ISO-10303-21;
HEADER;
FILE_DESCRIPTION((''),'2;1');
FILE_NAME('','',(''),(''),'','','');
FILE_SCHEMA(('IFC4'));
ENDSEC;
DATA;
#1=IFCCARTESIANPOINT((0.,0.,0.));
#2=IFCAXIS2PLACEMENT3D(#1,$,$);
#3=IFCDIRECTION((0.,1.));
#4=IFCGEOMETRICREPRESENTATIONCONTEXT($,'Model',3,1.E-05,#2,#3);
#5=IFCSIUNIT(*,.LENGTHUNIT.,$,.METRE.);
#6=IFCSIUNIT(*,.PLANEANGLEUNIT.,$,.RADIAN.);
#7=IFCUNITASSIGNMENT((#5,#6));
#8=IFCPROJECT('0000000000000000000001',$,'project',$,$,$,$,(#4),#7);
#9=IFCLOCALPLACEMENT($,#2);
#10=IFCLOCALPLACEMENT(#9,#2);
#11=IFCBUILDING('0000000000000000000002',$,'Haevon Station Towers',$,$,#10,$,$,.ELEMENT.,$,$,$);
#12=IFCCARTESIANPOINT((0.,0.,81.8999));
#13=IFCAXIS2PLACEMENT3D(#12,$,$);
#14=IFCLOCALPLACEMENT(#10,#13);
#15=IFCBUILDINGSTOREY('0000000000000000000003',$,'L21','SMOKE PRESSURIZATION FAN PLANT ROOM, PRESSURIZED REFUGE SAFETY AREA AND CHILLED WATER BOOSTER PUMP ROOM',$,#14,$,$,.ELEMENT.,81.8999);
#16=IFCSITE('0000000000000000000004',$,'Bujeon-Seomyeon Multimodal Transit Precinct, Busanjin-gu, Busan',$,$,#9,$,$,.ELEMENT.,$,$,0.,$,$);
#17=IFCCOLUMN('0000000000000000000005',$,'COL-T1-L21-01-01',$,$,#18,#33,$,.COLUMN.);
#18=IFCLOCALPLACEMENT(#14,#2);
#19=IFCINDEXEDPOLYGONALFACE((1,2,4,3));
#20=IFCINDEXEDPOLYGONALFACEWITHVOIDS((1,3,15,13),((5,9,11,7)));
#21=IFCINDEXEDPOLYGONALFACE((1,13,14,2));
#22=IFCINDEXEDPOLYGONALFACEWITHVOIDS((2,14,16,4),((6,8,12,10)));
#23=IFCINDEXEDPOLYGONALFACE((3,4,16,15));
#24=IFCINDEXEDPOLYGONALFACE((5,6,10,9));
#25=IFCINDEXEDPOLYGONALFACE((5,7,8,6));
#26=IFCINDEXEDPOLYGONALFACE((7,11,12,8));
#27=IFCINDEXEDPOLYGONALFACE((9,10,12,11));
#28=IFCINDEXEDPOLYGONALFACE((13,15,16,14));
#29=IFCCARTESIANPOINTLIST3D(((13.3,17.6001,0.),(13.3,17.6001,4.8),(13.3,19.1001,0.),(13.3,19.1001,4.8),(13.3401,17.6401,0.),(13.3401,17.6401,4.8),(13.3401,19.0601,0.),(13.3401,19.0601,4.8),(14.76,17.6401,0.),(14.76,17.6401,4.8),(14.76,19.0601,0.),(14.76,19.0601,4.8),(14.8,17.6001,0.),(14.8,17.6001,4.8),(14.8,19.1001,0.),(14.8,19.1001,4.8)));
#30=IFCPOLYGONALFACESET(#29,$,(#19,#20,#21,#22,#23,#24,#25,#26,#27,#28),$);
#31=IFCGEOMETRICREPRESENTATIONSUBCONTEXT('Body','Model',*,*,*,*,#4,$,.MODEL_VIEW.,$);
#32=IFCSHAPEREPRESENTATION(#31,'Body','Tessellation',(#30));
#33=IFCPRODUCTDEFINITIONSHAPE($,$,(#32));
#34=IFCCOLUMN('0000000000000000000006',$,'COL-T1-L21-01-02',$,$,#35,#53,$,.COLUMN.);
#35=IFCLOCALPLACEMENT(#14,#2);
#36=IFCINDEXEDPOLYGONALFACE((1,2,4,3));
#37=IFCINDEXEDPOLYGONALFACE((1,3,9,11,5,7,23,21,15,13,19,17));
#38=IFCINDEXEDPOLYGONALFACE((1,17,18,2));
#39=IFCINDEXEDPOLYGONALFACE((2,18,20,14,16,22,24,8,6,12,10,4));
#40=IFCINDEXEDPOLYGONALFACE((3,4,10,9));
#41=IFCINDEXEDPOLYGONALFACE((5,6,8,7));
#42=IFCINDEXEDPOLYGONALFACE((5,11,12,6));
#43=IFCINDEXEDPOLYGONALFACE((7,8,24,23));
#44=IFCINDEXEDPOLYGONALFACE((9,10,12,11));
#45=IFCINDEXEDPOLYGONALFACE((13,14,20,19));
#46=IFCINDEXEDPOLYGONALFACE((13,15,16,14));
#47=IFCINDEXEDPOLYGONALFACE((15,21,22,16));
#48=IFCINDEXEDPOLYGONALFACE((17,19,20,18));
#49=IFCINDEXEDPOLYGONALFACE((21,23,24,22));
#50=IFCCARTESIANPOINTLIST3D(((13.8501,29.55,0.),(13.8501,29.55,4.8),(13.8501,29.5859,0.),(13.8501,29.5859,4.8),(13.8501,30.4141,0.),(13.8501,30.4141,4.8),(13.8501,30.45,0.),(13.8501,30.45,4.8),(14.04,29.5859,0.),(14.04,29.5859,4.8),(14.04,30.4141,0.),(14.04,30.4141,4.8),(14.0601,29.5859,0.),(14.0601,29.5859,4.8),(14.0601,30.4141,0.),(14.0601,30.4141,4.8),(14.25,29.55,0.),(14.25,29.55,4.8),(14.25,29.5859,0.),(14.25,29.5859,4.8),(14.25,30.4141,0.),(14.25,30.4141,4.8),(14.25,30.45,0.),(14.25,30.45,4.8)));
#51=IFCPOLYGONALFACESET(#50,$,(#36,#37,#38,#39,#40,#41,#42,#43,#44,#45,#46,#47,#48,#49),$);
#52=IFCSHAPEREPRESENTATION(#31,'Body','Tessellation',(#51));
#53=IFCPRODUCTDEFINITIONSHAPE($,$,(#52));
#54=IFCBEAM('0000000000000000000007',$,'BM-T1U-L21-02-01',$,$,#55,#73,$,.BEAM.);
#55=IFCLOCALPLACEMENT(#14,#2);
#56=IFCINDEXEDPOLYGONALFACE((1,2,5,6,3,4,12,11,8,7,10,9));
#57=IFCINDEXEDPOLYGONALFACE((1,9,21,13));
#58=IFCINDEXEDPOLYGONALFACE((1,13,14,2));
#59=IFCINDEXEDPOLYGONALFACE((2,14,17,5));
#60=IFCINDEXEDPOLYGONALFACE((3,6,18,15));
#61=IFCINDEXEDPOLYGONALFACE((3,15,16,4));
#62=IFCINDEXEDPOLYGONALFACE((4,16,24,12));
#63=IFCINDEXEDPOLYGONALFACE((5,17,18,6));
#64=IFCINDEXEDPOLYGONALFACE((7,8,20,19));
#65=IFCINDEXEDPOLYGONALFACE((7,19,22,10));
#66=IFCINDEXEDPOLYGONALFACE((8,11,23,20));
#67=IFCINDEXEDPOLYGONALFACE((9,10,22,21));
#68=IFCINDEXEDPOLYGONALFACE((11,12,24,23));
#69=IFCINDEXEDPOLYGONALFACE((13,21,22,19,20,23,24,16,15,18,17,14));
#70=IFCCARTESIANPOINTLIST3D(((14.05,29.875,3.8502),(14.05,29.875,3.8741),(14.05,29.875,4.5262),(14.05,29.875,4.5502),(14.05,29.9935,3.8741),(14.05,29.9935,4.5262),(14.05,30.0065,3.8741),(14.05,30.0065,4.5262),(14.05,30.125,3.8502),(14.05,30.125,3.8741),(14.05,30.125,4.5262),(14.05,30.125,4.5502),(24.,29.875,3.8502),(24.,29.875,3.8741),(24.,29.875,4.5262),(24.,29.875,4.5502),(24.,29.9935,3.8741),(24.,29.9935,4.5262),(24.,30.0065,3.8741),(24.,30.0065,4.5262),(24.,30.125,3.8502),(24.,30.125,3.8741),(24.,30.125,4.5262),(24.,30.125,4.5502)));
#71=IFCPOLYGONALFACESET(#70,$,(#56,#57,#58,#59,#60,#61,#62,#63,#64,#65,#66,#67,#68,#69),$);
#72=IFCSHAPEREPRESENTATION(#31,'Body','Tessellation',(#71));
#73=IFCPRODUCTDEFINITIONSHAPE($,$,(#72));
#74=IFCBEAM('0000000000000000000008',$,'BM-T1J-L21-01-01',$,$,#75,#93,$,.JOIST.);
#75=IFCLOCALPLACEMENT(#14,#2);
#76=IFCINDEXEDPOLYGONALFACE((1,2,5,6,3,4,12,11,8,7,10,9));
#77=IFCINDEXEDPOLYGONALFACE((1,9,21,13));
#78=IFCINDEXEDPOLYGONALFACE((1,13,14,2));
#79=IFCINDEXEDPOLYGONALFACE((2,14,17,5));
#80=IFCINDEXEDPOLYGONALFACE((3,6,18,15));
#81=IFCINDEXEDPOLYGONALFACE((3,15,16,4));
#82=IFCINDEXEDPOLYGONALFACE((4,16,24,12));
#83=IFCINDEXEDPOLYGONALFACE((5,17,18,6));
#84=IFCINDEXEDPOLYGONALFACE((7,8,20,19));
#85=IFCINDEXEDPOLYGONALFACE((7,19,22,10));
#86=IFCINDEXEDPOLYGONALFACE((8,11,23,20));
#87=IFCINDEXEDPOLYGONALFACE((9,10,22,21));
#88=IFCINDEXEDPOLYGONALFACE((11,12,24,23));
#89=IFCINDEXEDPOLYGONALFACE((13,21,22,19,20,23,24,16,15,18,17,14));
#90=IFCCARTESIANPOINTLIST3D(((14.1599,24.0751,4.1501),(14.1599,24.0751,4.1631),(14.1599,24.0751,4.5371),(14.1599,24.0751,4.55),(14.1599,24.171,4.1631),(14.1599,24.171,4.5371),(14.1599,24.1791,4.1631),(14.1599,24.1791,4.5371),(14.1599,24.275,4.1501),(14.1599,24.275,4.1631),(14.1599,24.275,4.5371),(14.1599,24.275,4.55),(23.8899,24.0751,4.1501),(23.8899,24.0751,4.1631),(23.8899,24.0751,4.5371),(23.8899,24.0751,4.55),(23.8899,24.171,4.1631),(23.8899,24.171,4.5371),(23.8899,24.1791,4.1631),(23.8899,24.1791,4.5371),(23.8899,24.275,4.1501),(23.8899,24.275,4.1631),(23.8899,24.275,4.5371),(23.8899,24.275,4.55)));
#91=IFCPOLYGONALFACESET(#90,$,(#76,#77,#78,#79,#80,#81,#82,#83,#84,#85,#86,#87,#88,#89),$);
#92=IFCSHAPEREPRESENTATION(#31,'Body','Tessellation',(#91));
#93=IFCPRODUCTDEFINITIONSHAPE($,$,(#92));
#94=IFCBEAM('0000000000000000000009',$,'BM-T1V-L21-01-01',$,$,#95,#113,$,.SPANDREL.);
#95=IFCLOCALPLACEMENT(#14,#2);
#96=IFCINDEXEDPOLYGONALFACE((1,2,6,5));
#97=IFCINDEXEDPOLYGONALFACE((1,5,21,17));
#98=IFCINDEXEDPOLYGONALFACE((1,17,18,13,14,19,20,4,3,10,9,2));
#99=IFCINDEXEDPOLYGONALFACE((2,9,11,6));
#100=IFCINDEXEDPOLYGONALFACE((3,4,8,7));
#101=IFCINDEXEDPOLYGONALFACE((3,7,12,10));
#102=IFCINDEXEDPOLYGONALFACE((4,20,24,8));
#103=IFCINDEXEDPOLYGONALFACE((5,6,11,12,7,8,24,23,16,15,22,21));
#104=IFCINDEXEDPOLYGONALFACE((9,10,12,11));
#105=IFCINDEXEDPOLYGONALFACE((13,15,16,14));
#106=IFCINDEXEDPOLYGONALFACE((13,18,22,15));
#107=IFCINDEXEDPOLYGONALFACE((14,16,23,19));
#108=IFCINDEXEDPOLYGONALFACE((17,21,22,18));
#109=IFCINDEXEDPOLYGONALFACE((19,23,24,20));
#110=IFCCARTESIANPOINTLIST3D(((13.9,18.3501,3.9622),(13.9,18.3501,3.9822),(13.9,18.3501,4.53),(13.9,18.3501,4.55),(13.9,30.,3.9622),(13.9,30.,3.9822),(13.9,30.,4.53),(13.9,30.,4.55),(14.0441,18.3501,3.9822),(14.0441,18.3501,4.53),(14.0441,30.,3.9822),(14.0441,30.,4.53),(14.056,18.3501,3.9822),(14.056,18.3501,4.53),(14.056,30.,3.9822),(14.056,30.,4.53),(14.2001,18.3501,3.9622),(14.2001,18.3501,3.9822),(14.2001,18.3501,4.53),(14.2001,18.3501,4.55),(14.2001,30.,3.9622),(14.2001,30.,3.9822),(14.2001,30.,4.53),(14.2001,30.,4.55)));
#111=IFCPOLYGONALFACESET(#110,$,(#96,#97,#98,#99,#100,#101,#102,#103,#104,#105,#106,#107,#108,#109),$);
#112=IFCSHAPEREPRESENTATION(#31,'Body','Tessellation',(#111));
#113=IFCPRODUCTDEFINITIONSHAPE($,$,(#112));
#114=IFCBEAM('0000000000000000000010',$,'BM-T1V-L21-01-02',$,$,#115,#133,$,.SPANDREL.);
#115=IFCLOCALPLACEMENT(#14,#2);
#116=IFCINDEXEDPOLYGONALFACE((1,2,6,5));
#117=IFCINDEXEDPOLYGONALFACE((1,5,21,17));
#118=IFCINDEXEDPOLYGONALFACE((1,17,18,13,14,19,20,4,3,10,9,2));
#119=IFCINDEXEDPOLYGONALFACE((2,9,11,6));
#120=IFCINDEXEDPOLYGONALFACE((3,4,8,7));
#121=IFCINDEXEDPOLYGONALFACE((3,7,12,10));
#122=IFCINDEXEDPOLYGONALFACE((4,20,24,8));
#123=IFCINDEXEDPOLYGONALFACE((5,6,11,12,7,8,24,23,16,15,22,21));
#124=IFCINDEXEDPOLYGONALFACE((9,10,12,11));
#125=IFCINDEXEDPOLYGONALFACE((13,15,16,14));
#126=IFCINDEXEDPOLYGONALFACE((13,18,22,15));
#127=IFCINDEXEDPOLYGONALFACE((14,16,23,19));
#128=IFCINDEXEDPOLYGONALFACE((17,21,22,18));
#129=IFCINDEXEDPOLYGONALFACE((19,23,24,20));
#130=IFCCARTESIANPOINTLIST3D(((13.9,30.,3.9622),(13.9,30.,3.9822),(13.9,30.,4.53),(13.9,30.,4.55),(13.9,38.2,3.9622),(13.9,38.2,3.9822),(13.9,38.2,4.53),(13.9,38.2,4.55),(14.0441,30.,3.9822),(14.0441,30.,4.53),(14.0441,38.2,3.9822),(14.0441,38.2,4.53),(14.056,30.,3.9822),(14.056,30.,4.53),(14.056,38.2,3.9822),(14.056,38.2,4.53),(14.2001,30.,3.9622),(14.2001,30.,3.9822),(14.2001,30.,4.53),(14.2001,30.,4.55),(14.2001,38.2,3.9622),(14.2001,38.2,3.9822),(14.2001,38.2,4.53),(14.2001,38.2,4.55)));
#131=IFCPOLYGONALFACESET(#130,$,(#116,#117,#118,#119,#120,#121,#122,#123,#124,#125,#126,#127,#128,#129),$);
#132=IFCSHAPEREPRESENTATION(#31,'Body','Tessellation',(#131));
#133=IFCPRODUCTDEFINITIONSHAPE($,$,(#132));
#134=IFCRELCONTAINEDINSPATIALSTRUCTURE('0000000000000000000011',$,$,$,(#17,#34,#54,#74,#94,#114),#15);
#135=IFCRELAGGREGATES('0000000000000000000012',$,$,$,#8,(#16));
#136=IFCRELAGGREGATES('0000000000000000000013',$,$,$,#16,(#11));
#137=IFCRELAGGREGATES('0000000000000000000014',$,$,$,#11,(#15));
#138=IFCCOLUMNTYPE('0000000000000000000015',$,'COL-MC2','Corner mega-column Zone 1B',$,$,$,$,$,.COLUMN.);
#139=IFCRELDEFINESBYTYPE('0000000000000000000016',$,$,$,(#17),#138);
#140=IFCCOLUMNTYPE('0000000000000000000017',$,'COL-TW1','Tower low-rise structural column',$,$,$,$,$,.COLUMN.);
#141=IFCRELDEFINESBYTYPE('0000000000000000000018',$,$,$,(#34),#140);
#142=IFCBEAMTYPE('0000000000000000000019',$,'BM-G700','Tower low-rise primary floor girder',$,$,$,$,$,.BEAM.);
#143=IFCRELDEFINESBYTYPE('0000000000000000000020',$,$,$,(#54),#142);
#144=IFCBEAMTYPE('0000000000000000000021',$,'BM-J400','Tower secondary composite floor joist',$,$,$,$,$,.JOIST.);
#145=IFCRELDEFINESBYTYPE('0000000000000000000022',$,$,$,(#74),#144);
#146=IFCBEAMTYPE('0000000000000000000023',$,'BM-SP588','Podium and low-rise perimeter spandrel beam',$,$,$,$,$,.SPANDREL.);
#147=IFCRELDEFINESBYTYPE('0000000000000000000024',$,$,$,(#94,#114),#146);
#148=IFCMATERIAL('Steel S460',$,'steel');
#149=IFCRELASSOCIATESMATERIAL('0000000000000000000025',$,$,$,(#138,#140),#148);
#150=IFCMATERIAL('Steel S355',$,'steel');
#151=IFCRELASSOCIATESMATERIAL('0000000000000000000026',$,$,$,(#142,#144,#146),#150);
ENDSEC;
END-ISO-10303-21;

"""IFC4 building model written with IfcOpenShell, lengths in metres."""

from ifc_helpers import new_model, si_unit, direction, frame, origin, origin_2d, place, context, subcontext, project, spatial, hollow_rectangle, i_section, extrude, material, material_profile, profile_set, type_object, element, save


model = new_model("IFC4")

# Units and contexts
model_context = context("Model", 3, precision=1e-05, world=origin(), true_north=direction((0.0, 1.0)))
body_context = subcontext(model_context, "Body", "Model", "MODEL_VIEW")
ifc_project = project(units=[si_unit("LENGTHUNIT", "METRE"), si_unit("PLANEANGLEUNIT", "RADIAN")], contexts=[model_context])

# Site, building, storey
site_placement = place(None, origin())
site = spatial("IfcSite", under=ifc_project, at=site_placement, Name="Bujeon-Seomyeon Multimodal Transit Precinct, Busanjin-gu, Busan", CompositionType="ELEMENT", RefElevation=0.0)
building_placement = place(site_placement, origin())
building = spatial("IfcBuilding", under=site, at=building_placement, Name="Haevon Station Towers", CompositionType="ELEMENT")
storey_placement = place(building_placement, frame((0.0, 0.0, 81.8999)))
storey = spatial("IfcBuildingStorey", under=building, at=storey_placement, Name="L21", Description="SMOKE PRESSURIZATION FAN PLANT ROOM, PRESSURIZED REFUGE SAFETY AREA AND CHILLED WATER BOOSTER PUMP ROOM", CompositionType="ELEMENT", Elevation=81.8999)

# Columns
ifc_material_1 = material(Name="Steel S460", Category="steel")
ifc_material_profile_1 = material_profile(ifc_material_1, hollow_rectangle(XDim=1.5, YDim=1.5, WallThickness=0.04, at=origin_2d()), Name="BOX-1500x1500x40")
ifc_profile_set_1 = profile_set([ifc_material_profile_1], Name="Steel S460")
column_type_1 = type_object("IfcColumnType", Name="COL-MC2", Description="Corner mega-column Zone 1B", PredefinedType="COLUMN", material=ifc_profile_set_1)
column_1_placement = place(storey_placement, frame((14.05, 18.3501, 0.0), z_axis=(0.0, 0.0, 1.0), x_axis=(1.0, 0.0, 0.0)))
element("IfcColumn", 1, at=column_1_placement, inside=storey, type_object=column_type_1, Name="COL-T1-L21-01-01", PredefinedType="COLUMN", context=body_context, shape_type="SweptSolid", body=[
    extrude(hollow_rectangle(XDim=1.5, YDim=1.5, WallThickness=0.04, at=origin_2d()), origin(), (0.0, 0.0, 1.0), 4.8),
])
ifc_material_profile_2 = material_profile(ifc_material_1, i_section(OverallWidth=0.3999, OverallDepth=0.8999, WebThickness=0.02, FlangeThickness=0.0359, at=origin_2d()), Name="H-900x400x20x36")
ifc_profile_set_2 = profile_set([ifc_material_profile_2], Name="Steel S460")
column_type_2 = type_object("IfcColumnType", Name="COL-TW1", Description="Tower low-rise structural column", PredefinedType="COLUMN", material=ifc_profile_set_2)
column_2_placement = place(storey_placement, frame((14.05, 30.0, 0.0), z_axis=(0.0, 0.0, 1.0), x_axis=(1.0, 0.0, 0.0)))
element("IfcColumn", 2, at=column_2_placement, inside=storey, type_object=column_type_2, Name="COL-T1-L21-01-02", PredefinedType="COLUMN", context=body_context, shape_type="SweptSolid", body=[
    extrude(i_section(OverallWidth=0.3999, OverallDepth=0.8999, WebThickness=0.02, FlangeThickness=0.0359, at=origin_2d()), origin(), (0.0, 0.0, 1.0), 4.8),
])

# Beams
ifc_material_2 = material(Name="Steel S355", Category="steel")
ifc_material_profile_3 = material_profile(ifc_material_2, i_section(OverallWidth=0.25, OverallDepth=0.7, WebThickness=0.0129, FlangeThickness=0.0239, at=origin_2d()), Name="H-700x250x13x24")
ifc_profile_set_3 = profile_set([ifc_material_profile_3], Name="Steel S355")
beam_type_1 = type_object("IfcBeamType", Name="BM-G700", Description="Tower low-rise primary floor girder", PredefinedType="BEAM", material=ifc_profile_set_3)
beam_1_placement = place(storey_placement, frame((14.05, 30.0, 4.2002), z_axis=(1.0, 0.0, 0.0), x_axis=(0.0, 1.0, 0.0)))
element("IfcBeam", 3, at=beam_1_placement, inside=storey, type_object=beam_type_1, Name="BM-T1U-L21-02-01", PredefinedType="BEAM", context=body_context, shape_type="SweptSolid", body=[
    extrude(i_section(OverallWidth=0.25, OverallDepth=0.7, WebThickness=0.0129, FlangeThickness=0.0239, at=origin_2d()), origin(), (0.0, 0.0, 1.0), 9.95),
])
ifc_material_profile_4 = material_profile(ifc_material_2, i_section(OverallWidth=0.2, OverallDepth=0.3999, WebThickness=0.0081, FlangeThickness=0.0129, at=origin_2d()), Name="H-400x200x8x13")
ifc_profile_set_4 = profile_set([ifc_material_profile_4], Name="Steel S355")
beam_type_2 = type_object("IfcBeamType", Name="BM-J400", Description="Tower secondary composite floor joist", PredefinedType="JOIST", material=ifc_profile_set_4)
beam_2_placement = place(storey_placement, frame((14.1599, 24.175, 4.3501), z_axis=(1.0, 0.0, 0.0), x_axis=(0.0, 1.0, 0.0)))
element("IfcBeam", 4, at=beam_2_placement, inside=storey, type_object=beam_type_2, Name="BM-T1J-L21-01-01", PredefinedType="JOIST", context=body_context, shape_type="SweptSolid", body=[
    extrude(i_section(OverallWidth=0.2, OverallDepth=0.3999, WebThickness=0.0081, FlangeThickness=0.0129, at=origin_2d()), origin(), (0.0, 0.0, 1.0), 9.73),
])
ifc_material_profile_5 = material_profile(ifc_material_2, i_section(OverallWidth=0.3, OverallDepth=0.5879, WebThickness=0.012, FlangeThickness=0.02, at=origin_2d()), Name="H-588x300x12x20")
ifc_profile_set_5 = profile_set([ifc_material_profile_5], Name="Steel S355")
beam_type_3 = type_object("IfcBeamType", Name="BM-SP588", Description="Podium and low-rise perimeter spandrel beam", PredefinedType="SPANDREL", material=ifc_profile_set_5)
beam_3_placement = place(storey_placement, frame((14.05, 18.3501, 4.2561), z_axis=(0.0, 1.0, 0.0), x_axis=(-1.0, 0.0, 0.0)))
element("IfcBeam", 5, at=beam_3_placement, inside=storey, type_object=beam_type_3, Name="BM-T1V-L21-01-01", PredefinedType="SPANDREL", context=body_context, shape_type="SweptSolid", body=[
    extrude(i_section(OverallWidth=0.3, OverallDepth=0.5879, WebThickness=0.012, FlangeThickness=0.02, at=origin_2d()), origin(), (0.0, 0.0, 1.0), 11.6499),
])
beam_4_placement = place(storey_placement, frame((14.05, 30.0, 4.2561), z_axis=(0.0, 1.0, 0.0), x_axis=(-1.0, 0.0, 0.0)))
element("IfcBeam", 6, at=beam_4_placement, inside=storey, type_object=beam_type_3, Name="BM-T1V-L21-01-02", PredefinedType="SPANDREL", context=body_context, shape_type="SweptSolid", body=[
    extrude(i_section(OverallWidth=0.3, OverallDepth=0.5879, WebThickness=0.012, FlangeThickness=0.02, at=origin_2d()), origin(), (0.0, 0.0, 1.0), 8.2),
])

save(model, "model.ifc")
